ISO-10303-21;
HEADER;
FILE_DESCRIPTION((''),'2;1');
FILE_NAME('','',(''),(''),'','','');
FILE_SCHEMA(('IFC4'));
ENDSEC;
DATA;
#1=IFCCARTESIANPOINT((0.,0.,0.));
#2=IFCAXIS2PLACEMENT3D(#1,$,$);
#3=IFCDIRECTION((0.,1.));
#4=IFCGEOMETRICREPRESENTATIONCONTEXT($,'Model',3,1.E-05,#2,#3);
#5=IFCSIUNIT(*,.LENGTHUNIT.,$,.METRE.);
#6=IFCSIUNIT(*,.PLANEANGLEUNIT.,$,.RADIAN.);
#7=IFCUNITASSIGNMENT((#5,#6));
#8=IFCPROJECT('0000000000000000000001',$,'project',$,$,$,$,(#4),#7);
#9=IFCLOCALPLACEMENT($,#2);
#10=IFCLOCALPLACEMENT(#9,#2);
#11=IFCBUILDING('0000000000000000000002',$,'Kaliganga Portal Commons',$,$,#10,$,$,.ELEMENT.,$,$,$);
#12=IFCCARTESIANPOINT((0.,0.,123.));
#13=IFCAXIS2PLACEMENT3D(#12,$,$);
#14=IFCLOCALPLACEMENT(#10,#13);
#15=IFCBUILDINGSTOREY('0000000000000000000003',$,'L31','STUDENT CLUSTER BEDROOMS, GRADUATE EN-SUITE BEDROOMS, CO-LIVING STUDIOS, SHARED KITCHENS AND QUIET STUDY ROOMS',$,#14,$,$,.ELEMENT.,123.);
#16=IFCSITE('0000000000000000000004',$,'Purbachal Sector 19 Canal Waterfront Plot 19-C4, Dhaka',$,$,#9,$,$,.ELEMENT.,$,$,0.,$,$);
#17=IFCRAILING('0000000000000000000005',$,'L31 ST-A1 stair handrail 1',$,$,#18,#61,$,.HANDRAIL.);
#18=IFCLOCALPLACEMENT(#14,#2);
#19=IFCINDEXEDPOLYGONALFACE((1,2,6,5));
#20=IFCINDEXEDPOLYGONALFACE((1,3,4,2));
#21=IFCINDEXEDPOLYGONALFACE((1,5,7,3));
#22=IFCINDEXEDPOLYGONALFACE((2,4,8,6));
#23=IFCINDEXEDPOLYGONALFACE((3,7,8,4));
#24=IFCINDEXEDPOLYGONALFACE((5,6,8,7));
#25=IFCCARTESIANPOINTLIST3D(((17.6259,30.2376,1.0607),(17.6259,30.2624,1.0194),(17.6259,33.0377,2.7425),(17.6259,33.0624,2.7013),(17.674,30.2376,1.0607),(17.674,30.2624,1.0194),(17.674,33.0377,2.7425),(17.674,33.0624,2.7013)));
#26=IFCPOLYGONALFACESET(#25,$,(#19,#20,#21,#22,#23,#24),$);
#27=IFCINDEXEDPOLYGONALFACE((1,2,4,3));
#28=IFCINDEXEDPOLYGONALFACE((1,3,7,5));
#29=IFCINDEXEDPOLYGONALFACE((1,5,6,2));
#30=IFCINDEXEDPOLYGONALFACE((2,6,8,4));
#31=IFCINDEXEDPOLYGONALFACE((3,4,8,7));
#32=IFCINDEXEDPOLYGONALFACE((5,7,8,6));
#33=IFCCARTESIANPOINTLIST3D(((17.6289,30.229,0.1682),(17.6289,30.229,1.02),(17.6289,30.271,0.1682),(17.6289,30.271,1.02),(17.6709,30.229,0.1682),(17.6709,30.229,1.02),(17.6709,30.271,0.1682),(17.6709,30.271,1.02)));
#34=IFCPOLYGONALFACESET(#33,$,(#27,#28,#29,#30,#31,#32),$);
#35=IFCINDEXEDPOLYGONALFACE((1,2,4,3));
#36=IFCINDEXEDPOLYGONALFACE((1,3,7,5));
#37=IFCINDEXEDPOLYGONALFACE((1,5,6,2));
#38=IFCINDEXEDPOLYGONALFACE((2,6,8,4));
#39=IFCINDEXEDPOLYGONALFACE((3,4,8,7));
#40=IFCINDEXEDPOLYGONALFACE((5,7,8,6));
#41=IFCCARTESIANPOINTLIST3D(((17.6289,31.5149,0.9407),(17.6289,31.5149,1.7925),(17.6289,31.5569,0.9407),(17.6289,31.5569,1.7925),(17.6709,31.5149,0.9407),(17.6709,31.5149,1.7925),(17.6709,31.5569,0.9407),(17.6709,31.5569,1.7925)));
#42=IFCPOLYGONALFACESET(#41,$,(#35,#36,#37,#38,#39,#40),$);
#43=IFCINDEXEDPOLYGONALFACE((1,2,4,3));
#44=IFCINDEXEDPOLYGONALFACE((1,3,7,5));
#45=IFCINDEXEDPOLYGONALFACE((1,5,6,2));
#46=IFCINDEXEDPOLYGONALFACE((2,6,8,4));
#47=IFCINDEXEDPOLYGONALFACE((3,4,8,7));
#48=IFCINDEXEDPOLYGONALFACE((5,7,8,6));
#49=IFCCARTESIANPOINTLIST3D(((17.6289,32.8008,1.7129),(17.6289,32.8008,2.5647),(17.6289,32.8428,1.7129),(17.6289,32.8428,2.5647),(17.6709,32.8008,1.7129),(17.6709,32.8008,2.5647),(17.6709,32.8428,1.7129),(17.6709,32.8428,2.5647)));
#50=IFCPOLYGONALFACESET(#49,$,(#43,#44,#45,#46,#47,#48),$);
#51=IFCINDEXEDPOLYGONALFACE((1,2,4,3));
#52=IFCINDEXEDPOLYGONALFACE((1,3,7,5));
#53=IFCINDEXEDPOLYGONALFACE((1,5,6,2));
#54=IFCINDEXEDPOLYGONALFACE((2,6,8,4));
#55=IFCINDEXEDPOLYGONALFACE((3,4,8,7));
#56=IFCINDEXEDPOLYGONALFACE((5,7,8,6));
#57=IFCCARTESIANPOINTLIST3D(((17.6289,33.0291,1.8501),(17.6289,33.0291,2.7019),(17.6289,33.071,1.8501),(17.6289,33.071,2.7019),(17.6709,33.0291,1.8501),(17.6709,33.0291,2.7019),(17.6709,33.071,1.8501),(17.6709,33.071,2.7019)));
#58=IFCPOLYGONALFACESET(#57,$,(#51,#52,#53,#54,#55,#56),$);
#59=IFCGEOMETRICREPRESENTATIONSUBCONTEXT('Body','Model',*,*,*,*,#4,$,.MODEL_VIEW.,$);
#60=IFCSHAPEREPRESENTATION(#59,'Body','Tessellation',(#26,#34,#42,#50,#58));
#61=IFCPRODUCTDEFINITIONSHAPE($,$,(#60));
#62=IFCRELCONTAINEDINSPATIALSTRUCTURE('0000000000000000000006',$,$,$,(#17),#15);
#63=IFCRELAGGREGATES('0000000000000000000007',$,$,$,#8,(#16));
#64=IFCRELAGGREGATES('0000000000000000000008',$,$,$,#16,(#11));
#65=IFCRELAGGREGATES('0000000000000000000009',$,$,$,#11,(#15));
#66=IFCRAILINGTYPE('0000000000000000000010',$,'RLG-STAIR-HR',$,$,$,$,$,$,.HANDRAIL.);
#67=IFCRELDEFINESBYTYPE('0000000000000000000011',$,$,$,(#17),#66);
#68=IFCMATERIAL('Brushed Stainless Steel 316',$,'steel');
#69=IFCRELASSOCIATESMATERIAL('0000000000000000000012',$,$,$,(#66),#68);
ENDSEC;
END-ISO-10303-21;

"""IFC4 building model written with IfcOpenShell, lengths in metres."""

from ifc_helpers import new_model, si_unit, direction, frame, origin, origin_2d, place, context, subcontext, project, spatial, rectangle, extrude, material, type_object, element, save


model = new_model("IFC4")

# Units and contexts
model_context = context("Model", 3, precision=1e-05, world=origin(), true_north=direction((0.0, 1.0)))
body_context = subcontext(model_context, "Body", "Model", "MODEL_VIEW")
ifc_project = project(units=[si_unit("LENGTHUNIT", "METRE"), si_unit("PLANEANGLEUNIT", "RADIAN")], contexts=[model_context])

# Site, building, storey
site_placement = place(None, origin())
site = spatial("IfcSite", under=ifc_project, at=site_placement, Name="Purbachal Sector 19 Canal Waterfront Plot 19-C4, Dhaka", CompositionType="ELEMENT", RefElevation=0.0)
building_placement = place(site_placement, origin())
building = spatial("IfcBuilding", under=site, at=building_placement, Name="Kaliganga Portal Commons", CompositionType="ELEMENT")
storey_placement = place(building_placement, frame((0.0, 0.0, 123.0)))
storey = spatial("IfcBuildingStorey", under=building, at=storey_placement, Name="L31", Description="STUDENT CLUSTER BEDROOMS, GRADUATE EN-SUITE BEDROOMS, CO-LIVING STUDIOS, SHARED KITCHENS AND QUIET STUDY ROOMS", CompositionType="ELEMENT", Elevation=123.0)

# Railing
ifc_material_1 = material(Name="Brushed Stainless Steel 316", Category="steel")
railing_type_1 = type_object("IfcRailingType", Name="RLG-STAIR-HR", PredefinedType="HANDRAIL", material=ifc_material_1)
railing_1_placement = place(storey_placement, frame((17.6499, 30.25, 0.1682)))
element("IfcRailing", 1, at=railing_1_placement, inside=storey, type_object=railing_type_1, Name="L31 ST-A1 stair handrail 1", PredefinedType="HANDRAIL", context=body_context, shape_type="SweptSolid", body=[
    extrude(rectangle(XDim=0.0481, YDim=0.0481, at=origin_2d()), frame((0.0, 0.0, 0.8718), z_axis=(0.0, 0.857242, 0.514913), x_axis=(-1.0, 0.0, 0.0)), (0.0, 0.0, 1.0), 3.2664),
    extrude(rectangle(XDim=0.042, YDim=0.042, at=origin_2d()), origin(), (0.0, 0.0, 1.0), 0.8518),
    extrude(rectangle(XDim=0.042, YDim=0.042, at=origin_2d()), frame((0.0, 1.2859, 0.7725)), (0.0, 0.0, 1.0), 0.8518),
    extrude(rectangle(XDim=0.042, YDim=0.042, at=origin_2d()), frame((0.0, 2.5718, 1.5447)), (0.0, 0.0, 1.0), 0.8518),
    extrude(rectangle(XDim=0.042, YDim=0.042, at=origin_2d()), frame((0.0, 2.8, 1.6819)), (0.0, 0.0, 1.0), 0.8518),
])

save(model, "model.ifc")
